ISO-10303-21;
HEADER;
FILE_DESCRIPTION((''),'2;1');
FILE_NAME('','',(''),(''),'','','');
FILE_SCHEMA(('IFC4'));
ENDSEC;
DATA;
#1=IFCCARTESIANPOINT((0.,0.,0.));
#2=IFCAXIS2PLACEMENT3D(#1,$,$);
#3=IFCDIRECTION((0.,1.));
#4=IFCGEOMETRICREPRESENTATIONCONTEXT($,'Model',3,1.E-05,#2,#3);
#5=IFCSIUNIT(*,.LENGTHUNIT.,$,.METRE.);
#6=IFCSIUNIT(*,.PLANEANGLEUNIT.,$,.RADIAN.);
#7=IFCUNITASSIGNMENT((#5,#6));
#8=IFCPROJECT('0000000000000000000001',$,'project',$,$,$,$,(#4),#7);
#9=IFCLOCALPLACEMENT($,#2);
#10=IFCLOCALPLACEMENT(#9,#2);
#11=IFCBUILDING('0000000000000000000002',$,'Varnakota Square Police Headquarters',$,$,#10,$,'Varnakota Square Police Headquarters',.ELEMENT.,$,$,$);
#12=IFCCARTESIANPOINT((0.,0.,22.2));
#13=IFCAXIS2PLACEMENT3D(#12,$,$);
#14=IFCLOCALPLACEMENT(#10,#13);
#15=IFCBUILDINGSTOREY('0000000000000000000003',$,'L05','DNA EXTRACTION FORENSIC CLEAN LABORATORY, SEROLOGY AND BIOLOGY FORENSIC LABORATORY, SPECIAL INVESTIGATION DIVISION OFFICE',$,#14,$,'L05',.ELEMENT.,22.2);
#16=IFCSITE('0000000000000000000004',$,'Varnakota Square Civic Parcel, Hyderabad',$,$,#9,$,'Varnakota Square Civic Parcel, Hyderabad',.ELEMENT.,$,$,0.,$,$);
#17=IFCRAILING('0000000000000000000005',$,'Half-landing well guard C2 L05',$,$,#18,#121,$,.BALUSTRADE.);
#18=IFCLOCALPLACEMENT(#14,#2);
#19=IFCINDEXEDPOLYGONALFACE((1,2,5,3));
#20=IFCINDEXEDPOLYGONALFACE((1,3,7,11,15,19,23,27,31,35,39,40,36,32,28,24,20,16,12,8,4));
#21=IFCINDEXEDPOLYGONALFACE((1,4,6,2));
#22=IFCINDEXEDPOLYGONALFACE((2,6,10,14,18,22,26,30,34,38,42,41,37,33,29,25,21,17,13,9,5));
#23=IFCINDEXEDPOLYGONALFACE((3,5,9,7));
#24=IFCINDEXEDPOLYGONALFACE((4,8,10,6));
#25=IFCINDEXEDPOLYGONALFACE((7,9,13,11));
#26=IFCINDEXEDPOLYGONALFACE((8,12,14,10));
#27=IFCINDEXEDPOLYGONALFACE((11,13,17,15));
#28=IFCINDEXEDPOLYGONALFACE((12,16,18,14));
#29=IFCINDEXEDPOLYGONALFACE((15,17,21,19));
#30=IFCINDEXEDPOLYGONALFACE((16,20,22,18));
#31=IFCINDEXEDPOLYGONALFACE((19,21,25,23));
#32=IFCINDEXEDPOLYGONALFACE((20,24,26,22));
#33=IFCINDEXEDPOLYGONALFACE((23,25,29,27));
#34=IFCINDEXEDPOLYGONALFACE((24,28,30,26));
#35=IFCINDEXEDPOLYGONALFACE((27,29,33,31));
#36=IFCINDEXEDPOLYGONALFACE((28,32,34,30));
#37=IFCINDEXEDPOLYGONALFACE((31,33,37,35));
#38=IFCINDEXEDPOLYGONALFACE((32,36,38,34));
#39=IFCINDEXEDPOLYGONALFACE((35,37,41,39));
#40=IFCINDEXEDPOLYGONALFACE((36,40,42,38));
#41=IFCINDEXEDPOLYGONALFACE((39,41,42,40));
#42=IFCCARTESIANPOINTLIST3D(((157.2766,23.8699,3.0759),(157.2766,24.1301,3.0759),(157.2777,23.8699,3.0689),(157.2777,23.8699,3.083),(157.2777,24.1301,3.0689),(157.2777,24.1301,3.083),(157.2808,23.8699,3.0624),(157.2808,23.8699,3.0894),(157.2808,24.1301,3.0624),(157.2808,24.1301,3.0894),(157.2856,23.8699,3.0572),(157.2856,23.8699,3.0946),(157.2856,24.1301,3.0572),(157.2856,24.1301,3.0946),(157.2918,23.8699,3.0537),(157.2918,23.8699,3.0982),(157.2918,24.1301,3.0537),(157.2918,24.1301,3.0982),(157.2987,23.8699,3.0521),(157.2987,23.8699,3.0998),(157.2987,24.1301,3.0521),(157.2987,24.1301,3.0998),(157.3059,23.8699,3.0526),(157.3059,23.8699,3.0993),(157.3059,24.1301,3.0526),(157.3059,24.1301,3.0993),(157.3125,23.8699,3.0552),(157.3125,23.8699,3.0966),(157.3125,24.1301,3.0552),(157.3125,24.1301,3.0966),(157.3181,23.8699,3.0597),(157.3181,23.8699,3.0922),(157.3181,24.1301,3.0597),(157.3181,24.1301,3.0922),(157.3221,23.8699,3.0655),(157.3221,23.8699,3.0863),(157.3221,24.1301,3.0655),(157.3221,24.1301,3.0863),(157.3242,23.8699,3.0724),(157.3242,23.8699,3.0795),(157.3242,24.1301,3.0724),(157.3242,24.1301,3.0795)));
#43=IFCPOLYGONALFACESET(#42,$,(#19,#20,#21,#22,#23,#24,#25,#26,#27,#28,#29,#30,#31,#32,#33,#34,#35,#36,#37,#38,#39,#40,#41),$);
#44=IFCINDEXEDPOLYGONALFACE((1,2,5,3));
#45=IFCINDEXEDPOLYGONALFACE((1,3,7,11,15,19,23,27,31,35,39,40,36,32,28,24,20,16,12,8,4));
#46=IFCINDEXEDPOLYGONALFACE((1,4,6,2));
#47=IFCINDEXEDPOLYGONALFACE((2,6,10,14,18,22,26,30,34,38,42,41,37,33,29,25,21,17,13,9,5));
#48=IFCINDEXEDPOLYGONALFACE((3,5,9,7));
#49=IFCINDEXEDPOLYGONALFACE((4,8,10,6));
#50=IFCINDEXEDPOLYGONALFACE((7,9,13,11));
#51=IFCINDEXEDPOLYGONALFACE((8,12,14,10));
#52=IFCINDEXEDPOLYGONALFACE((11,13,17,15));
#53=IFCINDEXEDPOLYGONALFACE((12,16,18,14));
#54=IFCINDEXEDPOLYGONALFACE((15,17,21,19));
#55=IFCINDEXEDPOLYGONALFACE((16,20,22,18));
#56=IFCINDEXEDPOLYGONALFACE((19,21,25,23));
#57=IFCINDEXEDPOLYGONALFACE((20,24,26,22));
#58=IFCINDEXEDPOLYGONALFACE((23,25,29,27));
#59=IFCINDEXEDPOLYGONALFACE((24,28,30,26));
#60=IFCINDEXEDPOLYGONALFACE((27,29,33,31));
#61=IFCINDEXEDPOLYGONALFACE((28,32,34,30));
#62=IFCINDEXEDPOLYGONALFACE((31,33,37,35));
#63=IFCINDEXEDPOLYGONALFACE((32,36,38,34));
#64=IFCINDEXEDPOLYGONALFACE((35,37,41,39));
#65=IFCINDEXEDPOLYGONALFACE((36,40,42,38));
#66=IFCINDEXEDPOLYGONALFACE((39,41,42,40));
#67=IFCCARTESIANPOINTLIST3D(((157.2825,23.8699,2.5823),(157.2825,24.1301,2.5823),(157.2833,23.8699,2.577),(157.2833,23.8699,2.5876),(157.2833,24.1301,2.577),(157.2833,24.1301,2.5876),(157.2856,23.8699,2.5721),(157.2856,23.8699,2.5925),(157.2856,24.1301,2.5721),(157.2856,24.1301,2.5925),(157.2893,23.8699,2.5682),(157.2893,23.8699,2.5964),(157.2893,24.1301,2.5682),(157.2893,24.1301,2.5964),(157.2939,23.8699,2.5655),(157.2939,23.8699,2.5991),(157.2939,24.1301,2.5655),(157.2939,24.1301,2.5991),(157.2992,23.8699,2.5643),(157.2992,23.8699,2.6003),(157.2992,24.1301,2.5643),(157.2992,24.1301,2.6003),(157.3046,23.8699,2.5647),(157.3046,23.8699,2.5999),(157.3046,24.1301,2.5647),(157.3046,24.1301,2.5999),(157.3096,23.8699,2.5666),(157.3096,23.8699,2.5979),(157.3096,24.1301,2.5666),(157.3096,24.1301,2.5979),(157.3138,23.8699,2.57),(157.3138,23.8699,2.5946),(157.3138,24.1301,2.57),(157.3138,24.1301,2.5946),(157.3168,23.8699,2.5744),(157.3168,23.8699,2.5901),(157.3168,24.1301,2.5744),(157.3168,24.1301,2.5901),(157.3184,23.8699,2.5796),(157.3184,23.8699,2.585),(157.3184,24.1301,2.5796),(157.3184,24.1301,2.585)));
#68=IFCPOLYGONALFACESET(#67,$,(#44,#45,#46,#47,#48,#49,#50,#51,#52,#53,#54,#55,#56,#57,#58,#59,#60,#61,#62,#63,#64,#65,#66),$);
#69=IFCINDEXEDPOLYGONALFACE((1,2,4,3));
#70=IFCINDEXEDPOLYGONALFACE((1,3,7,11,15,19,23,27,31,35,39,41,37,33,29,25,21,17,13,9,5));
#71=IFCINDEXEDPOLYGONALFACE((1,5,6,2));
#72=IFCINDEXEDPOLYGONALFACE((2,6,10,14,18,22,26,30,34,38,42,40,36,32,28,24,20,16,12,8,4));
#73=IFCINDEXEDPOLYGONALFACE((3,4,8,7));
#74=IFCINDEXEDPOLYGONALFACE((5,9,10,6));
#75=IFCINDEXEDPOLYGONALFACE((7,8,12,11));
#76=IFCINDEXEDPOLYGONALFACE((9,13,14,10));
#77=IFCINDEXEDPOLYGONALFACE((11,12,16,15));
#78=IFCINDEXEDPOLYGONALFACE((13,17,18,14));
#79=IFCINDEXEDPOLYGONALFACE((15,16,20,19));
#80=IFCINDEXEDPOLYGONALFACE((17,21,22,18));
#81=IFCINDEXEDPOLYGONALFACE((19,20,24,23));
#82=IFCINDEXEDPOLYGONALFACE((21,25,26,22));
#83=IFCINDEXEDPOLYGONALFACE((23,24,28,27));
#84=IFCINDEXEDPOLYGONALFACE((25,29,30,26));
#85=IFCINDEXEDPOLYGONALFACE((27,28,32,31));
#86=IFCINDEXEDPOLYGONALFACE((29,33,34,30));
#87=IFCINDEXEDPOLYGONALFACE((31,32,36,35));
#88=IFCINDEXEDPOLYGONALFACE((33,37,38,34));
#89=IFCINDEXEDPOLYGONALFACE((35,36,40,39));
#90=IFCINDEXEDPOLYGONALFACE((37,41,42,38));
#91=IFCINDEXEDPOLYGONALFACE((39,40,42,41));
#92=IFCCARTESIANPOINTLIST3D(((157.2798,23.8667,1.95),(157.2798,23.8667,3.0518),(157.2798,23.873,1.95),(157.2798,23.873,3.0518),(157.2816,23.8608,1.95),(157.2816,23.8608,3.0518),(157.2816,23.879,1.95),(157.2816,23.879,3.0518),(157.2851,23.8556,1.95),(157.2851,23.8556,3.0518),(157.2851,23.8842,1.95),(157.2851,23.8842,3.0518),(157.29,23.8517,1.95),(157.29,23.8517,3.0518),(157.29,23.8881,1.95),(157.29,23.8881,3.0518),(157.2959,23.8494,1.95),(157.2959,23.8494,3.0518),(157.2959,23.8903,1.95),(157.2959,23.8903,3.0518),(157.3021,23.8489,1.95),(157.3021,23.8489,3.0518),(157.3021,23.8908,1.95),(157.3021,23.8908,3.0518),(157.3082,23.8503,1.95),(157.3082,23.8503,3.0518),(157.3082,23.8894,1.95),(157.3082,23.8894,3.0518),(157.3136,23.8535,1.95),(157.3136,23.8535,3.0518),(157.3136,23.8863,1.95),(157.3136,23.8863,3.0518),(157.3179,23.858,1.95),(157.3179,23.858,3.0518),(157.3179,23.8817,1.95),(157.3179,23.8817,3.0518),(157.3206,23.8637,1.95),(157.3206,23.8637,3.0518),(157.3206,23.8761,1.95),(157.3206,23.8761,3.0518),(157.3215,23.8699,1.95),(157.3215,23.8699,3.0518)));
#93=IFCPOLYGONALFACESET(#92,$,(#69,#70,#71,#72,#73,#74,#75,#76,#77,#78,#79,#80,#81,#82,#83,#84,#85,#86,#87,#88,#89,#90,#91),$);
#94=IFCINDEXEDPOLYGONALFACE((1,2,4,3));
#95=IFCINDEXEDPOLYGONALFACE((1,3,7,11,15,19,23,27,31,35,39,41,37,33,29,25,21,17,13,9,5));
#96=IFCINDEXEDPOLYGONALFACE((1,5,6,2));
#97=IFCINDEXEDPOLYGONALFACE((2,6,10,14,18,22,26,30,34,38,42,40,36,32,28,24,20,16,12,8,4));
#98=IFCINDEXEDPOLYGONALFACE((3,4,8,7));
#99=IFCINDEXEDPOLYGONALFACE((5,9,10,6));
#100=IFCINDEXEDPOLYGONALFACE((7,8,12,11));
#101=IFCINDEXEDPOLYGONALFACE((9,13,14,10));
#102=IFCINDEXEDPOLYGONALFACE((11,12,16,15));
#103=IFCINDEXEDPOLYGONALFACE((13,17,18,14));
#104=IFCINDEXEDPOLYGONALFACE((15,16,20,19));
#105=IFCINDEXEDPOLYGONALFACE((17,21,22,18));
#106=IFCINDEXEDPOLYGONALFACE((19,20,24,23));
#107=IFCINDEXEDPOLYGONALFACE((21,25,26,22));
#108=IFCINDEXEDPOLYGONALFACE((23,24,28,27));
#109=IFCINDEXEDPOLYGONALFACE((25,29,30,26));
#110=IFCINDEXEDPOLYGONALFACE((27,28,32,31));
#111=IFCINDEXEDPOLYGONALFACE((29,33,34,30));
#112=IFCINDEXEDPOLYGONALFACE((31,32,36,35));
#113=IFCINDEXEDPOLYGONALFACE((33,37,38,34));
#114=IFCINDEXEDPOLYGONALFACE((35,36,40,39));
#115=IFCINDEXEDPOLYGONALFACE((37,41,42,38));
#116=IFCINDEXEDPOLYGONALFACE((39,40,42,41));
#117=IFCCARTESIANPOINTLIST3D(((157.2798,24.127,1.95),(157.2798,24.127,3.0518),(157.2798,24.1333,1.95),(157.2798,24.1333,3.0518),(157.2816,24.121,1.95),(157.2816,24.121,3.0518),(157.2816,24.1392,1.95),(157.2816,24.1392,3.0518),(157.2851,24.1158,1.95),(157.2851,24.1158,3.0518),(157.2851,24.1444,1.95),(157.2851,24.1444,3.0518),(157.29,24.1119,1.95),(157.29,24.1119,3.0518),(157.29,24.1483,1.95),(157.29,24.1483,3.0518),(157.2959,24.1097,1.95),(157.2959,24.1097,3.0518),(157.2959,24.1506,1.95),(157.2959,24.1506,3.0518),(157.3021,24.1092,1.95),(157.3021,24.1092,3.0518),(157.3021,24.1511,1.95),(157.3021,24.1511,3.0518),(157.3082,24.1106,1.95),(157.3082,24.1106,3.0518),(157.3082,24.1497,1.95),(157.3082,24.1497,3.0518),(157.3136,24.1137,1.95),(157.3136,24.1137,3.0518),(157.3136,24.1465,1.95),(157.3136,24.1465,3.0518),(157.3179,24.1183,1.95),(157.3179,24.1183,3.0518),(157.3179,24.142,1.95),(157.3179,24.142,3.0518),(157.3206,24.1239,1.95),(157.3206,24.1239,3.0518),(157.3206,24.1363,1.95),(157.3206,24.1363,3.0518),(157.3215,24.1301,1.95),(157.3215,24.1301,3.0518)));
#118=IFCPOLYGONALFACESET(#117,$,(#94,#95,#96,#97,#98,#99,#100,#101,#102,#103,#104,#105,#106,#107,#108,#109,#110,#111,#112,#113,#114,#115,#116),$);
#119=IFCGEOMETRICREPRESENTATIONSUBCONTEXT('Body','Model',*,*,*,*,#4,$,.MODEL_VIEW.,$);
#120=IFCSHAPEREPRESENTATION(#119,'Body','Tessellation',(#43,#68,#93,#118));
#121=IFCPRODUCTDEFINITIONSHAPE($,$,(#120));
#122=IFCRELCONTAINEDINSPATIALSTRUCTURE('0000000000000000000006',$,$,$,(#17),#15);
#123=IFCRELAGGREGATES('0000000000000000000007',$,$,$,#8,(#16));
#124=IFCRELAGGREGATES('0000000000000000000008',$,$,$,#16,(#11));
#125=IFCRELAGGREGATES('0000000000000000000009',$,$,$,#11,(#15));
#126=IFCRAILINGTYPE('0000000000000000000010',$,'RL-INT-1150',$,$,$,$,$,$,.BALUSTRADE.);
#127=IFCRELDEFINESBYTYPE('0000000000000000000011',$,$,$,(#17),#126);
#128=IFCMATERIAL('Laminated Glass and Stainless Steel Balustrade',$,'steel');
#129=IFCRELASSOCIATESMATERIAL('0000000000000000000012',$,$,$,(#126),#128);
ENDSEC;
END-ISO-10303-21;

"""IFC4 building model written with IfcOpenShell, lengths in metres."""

from ifc_helpers import new_model, si_unit, direction, frame, origin, origin_2d, place, context, subcontext, project, spatial, circle, extrude, material, type_object, element, save


model = new_model("IFC4")

# Units and contexts
model_context = context("Model", 3, precision=1e-05, world=origin(), true_north=direction((0.0, 1.0)))
body_context = subcontext(model_context, "Body", "Model", "MODEL_VIEW")
ifc_project = project(units=[si_unit("LENGTHUNIT", "METRE"), si_unit("PLANEANGLEUNIT", "RADIAN")], contexts=[model_context])

# Site, building, storey
site_placement = place(None, origin())
site = spatial("IfcSite", under=ifc_project, at=site_placement, Name="Varnakota Square Civic Parcel, Hyderabad", LongName="Varnakota Square Civic Parcel, Hyderabad", CompositionType="ELEMENT", RefElevation=0.0)
building_placement = place(site_placement, origin())
building = spatial("IfcBuilding", under=site, at=building_placement, Name="Varnakota Square Police Headquarters", LongName="Varnakota Square Police Headquarters", CompositionType="ELEMENT")
storey_placement = place(building_placement, frame((0.0, 0.0, 22.2)))
storey = spatial("IfcBuildingStorey", under=building, at=storey_placement, Name="L05", Description="DNA EXTRACTION FORENSIC CLEAN LABORATORY, SEROLOGY AND BIOLOGY FORENSIC LABORATORY, SPECIAL INVESTIGATION DIVISION OFFICE", LongName="L05", CompositionType="ELEMENT", Elevation=22.2)

# Railing
ifc_material_1 = material(Name="Laminated Glass and Stainless Steel Balustrade", Category="steel")
railing_type_1 = type_object("IfcRailingType", Name="RL-INT-1150", PredefinedType="BALUSTRADE", material=ifc_material_1)
railing_1_placement = place(storey_placement, frame((157.3005, 23.8699, 1.95)))
element("IfcRailing", 1, at=railing_1_placement, inside=storey, type_object=railing_type_1, Name="Half-landing well guard C2 L05", PredefinedType="BALUSTRADE", context=body_context, shape_type="SweptSolid", body=[
    extrude(circle(Radius=0.0239, at=origin_2d()), frame((0.0, 0.0, 1.126), z_axis=(0.0, 1.0, 0.0), x_axis=(-1.0, 0.0, 0.0)), (0.0, 0.0, 1.0), 0.2603),
    extrude(circle(Radius=0.0181, at=origin_2d()), frame((0.0, 0.0, 0.6323), z_axis=(0.0, 1.0, 0.0), x_axis=(-1.0, 0.0, 0.0)), (0.0, 0.0, 1.0), 0.2603),
    extrude(circle(Radius=0.021, at=origin_2d()), origin(), (0.0, 0.0, 1.0), 1.1018),
    extrude(circle(Radius=0.021, at=origin_2d()), frame((0.0, 0.2603, 0.0)), (0.0, 0.0, 1.0), 1.1018),
])

save(model, "model.ifc")
